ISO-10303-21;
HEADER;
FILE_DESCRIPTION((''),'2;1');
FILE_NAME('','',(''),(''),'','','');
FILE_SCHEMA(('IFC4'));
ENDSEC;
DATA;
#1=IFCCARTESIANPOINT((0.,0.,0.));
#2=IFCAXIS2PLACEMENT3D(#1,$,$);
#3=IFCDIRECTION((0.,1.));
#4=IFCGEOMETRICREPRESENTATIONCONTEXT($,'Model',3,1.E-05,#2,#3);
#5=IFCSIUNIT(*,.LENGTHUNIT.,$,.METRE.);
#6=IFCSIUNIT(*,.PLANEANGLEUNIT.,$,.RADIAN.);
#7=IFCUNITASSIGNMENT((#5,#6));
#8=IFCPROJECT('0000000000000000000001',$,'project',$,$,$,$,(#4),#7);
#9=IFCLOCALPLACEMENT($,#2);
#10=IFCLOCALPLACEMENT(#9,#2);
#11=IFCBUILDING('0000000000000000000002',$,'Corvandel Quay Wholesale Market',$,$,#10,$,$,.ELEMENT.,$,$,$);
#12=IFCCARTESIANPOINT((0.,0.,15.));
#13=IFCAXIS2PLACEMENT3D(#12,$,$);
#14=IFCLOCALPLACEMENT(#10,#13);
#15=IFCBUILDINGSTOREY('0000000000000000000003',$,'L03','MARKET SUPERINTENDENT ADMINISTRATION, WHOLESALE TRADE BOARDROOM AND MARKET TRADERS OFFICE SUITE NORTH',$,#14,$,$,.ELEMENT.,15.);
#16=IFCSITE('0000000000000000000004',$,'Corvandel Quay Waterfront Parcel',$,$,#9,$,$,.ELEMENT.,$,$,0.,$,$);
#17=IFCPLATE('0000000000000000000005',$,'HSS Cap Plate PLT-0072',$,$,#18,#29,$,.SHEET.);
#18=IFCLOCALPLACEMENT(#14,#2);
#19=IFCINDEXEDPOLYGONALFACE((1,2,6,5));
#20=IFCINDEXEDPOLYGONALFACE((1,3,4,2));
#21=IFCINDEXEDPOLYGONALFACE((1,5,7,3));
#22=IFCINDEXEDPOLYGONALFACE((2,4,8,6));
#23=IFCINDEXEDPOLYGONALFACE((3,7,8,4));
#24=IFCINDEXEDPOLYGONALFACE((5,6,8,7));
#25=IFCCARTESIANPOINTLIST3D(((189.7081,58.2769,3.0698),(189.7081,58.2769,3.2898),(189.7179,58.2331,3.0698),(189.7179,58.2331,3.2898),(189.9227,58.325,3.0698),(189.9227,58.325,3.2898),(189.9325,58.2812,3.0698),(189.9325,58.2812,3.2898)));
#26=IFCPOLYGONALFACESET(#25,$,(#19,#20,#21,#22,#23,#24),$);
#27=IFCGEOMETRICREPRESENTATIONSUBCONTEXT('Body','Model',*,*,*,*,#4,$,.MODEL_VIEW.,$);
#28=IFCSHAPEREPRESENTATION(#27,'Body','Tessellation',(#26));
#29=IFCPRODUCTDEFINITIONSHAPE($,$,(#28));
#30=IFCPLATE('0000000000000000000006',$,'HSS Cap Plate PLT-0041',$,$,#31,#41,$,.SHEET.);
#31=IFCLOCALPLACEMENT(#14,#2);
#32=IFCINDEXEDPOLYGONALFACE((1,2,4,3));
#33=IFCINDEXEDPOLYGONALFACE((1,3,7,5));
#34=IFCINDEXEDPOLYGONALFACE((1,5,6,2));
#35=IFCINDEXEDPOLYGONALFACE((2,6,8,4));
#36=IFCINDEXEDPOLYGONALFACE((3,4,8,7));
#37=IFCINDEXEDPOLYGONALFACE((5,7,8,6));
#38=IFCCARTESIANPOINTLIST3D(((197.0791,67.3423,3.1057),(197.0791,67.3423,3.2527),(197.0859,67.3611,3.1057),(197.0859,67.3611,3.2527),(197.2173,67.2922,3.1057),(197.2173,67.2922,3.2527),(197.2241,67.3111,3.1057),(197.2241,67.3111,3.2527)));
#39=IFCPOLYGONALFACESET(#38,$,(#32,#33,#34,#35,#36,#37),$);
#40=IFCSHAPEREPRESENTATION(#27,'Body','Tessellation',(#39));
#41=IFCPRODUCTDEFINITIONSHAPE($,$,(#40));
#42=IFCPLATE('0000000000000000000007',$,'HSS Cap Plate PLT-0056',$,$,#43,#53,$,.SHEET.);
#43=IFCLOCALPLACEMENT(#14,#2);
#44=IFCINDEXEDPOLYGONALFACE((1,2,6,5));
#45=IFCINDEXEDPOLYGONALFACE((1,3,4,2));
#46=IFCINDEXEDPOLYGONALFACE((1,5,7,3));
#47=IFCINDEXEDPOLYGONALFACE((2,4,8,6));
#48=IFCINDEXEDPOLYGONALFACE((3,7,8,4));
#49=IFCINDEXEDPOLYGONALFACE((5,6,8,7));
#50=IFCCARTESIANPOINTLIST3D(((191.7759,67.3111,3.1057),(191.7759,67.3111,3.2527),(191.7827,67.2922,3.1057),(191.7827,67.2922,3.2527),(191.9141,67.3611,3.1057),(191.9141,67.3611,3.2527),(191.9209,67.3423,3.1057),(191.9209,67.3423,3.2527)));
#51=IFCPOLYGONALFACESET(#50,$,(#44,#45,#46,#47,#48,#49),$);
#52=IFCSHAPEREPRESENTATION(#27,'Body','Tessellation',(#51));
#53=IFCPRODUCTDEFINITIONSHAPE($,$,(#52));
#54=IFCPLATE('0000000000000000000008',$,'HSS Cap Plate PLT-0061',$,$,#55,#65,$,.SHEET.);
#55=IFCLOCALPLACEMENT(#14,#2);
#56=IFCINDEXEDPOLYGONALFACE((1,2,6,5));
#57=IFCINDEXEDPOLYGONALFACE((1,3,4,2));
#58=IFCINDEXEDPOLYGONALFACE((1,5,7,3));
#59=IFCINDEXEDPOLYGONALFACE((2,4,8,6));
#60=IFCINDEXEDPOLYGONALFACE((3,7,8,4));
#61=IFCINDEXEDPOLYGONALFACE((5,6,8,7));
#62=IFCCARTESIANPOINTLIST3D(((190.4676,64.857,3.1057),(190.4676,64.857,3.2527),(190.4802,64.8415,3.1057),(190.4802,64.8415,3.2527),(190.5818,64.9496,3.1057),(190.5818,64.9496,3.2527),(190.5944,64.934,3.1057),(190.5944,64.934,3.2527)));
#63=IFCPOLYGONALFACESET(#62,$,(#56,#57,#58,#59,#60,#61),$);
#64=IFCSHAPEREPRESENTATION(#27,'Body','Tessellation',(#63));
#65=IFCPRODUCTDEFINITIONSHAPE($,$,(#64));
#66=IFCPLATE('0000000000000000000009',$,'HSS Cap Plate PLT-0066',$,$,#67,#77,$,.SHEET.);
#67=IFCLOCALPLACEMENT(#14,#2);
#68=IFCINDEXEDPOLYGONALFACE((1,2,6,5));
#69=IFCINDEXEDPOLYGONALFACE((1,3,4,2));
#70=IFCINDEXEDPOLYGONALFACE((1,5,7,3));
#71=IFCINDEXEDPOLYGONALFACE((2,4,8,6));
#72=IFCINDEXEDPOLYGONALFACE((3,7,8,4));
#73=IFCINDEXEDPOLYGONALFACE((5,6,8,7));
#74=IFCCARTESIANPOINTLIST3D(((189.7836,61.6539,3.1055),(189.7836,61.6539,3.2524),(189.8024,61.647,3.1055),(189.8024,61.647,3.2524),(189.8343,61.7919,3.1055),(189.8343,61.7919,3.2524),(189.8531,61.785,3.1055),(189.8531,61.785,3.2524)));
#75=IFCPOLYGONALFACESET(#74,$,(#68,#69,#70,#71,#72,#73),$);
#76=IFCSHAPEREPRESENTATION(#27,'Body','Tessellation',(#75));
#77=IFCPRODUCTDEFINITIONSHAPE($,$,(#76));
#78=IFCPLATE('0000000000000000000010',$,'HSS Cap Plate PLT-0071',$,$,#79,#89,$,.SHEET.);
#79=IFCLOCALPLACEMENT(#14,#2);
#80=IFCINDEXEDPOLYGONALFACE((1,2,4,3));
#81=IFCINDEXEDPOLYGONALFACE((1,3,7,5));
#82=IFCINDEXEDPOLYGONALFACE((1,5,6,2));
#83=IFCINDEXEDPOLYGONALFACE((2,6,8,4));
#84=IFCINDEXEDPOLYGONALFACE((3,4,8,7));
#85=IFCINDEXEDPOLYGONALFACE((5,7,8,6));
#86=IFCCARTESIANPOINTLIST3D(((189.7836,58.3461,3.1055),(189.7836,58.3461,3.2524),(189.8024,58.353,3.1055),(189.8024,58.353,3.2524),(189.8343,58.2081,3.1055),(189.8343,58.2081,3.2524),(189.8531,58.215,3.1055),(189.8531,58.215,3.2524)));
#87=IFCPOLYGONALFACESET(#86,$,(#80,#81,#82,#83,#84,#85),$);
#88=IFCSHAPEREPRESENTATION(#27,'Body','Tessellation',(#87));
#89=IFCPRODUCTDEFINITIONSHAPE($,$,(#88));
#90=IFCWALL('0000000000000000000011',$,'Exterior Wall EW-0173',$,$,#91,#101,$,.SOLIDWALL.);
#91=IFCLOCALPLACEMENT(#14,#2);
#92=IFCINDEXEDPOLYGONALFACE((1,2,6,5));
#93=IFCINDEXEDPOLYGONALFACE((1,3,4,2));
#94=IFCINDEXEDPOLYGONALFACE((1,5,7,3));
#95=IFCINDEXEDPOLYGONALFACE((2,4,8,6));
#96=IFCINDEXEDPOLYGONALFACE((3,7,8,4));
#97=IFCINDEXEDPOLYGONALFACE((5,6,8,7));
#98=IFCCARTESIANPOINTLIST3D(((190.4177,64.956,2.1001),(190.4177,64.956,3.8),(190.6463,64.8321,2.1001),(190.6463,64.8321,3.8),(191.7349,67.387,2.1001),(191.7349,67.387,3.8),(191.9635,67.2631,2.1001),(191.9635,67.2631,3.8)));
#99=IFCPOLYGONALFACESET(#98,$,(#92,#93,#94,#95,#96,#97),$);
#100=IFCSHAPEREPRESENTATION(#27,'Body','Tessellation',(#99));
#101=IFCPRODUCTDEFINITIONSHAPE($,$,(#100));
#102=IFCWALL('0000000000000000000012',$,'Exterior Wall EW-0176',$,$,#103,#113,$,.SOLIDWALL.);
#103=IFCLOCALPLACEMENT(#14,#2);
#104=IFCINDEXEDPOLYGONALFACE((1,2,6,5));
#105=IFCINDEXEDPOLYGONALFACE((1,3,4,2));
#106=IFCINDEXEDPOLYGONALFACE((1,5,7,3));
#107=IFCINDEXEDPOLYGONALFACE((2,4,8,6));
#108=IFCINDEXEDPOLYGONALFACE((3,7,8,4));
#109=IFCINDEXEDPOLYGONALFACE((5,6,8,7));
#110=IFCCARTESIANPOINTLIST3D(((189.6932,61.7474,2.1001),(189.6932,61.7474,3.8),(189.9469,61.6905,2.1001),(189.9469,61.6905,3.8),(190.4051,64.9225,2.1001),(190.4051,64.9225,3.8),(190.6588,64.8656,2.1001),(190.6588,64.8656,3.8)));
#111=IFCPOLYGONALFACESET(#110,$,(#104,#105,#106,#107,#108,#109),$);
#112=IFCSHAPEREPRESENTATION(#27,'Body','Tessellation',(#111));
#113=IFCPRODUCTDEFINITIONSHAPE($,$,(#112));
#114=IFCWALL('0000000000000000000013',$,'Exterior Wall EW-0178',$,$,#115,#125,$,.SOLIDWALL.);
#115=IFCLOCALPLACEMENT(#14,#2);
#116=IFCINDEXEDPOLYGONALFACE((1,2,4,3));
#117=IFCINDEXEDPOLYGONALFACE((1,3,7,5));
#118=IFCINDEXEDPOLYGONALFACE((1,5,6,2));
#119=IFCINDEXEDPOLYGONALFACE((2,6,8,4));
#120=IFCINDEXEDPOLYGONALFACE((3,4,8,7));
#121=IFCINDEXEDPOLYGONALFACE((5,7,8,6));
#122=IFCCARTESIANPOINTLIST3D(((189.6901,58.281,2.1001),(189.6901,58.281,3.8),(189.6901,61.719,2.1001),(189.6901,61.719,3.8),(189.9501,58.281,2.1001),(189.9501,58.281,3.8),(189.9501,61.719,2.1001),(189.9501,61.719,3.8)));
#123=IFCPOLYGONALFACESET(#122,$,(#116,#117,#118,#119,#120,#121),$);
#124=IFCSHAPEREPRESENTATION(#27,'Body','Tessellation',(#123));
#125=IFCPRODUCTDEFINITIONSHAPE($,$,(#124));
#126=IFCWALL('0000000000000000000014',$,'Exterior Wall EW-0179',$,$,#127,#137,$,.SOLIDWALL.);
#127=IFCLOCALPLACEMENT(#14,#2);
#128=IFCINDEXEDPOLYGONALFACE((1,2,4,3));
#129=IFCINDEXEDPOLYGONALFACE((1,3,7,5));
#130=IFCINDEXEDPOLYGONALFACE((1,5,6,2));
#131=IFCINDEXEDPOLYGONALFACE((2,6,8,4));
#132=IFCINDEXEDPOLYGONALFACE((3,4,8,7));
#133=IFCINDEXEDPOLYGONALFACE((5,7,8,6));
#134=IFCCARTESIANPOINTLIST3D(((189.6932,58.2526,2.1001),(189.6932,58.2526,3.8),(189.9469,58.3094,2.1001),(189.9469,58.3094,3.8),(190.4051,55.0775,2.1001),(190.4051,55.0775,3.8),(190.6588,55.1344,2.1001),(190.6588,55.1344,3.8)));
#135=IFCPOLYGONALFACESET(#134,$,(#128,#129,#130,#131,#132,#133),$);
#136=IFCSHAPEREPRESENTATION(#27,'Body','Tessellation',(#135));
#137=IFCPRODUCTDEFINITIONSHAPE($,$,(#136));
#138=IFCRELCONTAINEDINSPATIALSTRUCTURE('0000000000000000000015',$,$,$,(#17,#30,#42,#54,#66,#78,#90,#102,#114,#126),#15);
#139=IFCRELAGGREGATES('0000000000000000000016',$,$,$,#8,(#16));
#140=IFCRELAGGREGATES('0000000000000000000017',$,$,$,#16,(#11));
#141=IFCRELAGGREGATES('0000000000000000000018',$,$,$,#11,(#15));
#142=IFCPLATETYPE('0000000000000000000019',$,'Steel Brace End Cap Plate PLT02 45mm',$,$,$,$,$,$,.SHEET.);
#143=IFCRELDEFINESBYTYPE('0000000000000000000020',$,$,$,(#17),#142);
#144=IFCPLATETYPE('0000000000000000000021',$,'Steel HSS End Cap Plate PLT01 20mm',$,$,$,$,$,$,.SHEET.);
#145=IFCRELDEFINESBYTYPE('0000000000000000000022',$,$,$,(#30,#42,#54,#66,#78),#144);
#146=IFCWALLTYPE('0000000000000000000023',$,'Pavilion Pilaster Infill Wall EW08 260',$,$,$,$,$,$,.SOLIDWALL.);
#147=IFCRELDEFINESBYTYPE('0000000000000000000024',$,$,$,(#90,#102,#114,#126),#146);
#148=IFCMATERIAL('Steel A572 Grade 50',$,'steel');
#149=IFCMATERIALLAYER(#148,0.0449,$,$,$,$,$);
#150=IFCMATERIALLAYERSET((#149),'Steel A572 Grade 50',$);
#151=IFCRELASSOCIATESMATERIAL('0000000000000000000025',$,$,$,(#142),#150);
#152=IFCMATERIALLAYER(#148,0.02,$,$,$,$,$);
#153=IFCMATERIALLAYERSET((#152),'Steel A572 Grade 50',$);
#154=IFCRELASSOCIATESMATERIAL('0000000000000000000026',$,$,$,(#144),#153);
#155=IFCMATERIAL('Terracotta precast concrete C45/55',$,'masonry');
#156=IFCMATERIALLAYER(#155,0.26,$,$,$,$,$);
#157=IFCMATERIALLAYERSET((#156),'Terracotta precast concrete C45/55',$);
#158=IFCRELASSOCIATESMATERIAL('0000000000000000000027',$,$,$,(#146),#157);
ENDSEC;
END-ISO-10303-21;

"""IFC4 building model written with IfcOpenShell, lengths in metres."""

from ifc_helpers import new_model, si_unit, direction, frame, frame_2d, origin, origin_2d, place, context, subcontext, project, spatial, rectangle, extrude, material, layer, layer_set, type_object, element, save


model = new_model("IFC4")

# Units and contexts
model_context = context("Model", 3, precision=1e-05, world=origin(), true_north=direction((0.0, 1.0)))
body_context = subcontext(model_context, "Body", "Model", "MODEL_VIEW")
ifc_project = project(units=[si_unit("LENGTHUNIT", "METRE"), si_unit("PLANEANGLEUNIT", "RADIAN")], contexts=[model_context])

# Site, building, storey
site_placement = place(None, origin())
site = spatial("IfcSite", under=ifc_project, at=site_placement, Name="Corvandel Quay Waterfront Parcel", CompositionType="ELEMENT", RefElevation=0.0)
building_placement = place(site_placement, origin())
building = spatial("IfcBuilding", under=site, at=building_placement, Name="Corvandel Quay Wholesale Market", CompositionType="ELEMENT")
storey_placement = place(building_placement, frame((0.0, 0.0, 15.0)))
storey = spatial("IfcBuildingStorey", under=building, at=storey_placement, Name="L03", Description="MARKET SUPERINTENDENT ADMINISTRATION, WHOLESALE TRADE BOARDROOM AND MARKET TRADERS OFFICE SUITE NORTH", CompositionType="ELEMENT", Elevation=15.0)

# Plates
ifc_material_1 = material(Name="Steel A572 Grade 50", Category="steel")
ifc_layer_1 = layer(ifc_material_1, 0.0449)
ifc_layer_set_1 = layer_set([ifc_layer_1], Name="Steel A572 Grade 50")
plate_type_1 = type_object("IfcPlateType", Name="Steel Brace End Cap Plate PLT02 45mm", PredefinedType="SHEET", material=ifc_layer_set_1)
for number, where, z_axis, x_axis, name in (
    (1, (189.8203, 58.2791, 3.0698), (0.0, 0.0, 1.0), (0.975764, 0.218825, 0.0), "HSS Cap Plate PLT-0072"),
):
    element("IfcPlate", number, at=place(storey_placement, frame(where, z_axis=z_axis, x_axis=x_axis)), inside=storey, type_object=plate_type_1, Name=name, PredefinedType="SHEET", context=body_context, shape_type="SweptSolid", body=[
        extrude(rectangle(XDim=0.22, YDim=0.0449, at=origin_2d()), origin(), (0.0, 0.0, 1.0), 0.22),
    ])
ifc_layer_2 = layer(ifc_material_1, 0.02)
ifc_layer_set_2 = layer_set([ifc_layer_2], Name="Steel A572 Grade 50")
plate_type_2 = type_object("IfcPlateType", Name="Steel HSS End Cap Plate PLT01 20mm", PredefinedType="SHEET", material=ifc_layer_set_2)
for number, where, z_axis, x_axis, name in (
    (2, (197.1516, 67.3267, 3.1057), (0.0, 0.0, 1.0), (-0.940288, 0.34038, 0.0), "HSS Cap Plate PLT-0041"),
    (3, (191.8484, 67.3267, 3.1057), (0.0, 0.0, 1.0), (0.940288, 0.34038, 0.0), "HSS Cap Plate PLT-0056"),
    (4, (190.531, 64.8955, 3.1057), (0.0, 0.0, 1.0), (0.776816, 0.629727, 0.0), "HSS Cap Plate PLT-0061"),
    (5, (189.8184, 61.7195, 3.1055), (0.0, 0.0, 1.0), (0.344643, 0.938734, 0.0), "HSS Cap Plate PLT-0066"),
    (6, (189.8184, 58.2805, 3.1055), (0.0, 0.0, 1.0), (-0.344643, 0.938734, 0.0), "HSS Cap Plate PLT-0071"),
):
    element("IfcPlate", number, at=place(storey_placement, frame(where, z_axis=z_axis, x_axis=x_axis)), inside=storey, type_object=plate_type_2, Name=name, PredefinedType="SHEET", context=body_context, shape_type="SweptSolid", body=[
        extrude(rectangle(XDim=0.147, YDim=0.02, at=origin_2d()), origin(), (0.0, 0.0, 1.0), 0.147),
    ])

# Walls
ifc_material_2 = material(Name="Terracotta precast concrete C45/55", Category="masonry")
ifc_layer_3 = layer(ifc_material_2, 0.26)
ifc_layer_set_3 = layer_set([ifc_layer_3], Name="Terracotta precast concrete C45/55")
wall_type = type_object("IfcWallType", Name="Pavilion Pilaster Infill Wall EW08 260", PredefinedType="SOLIDWALL", material=ifc_layer_set_3)
wall_1_placement = place(storey_placement, frame((191.8491, 67.325, 2.1001), z_axis=(0.0, 0.0, 1.0), x_axis=(-0.476394, -0.879232, 0.0)))
element("IfcWall", 7, at=wall_1_placement, inside=storey, type_object=wall_type, Name="Exterior Wall EW-0173", PredefinedType="SOLIDWALL", context=body_context, shape_type="SweptSolid", body=[
    extrude(rectangle(XDim=2.7649, YDim=0.26, at=frame_2d((1.3823, 0.0))), origin(), (0.0, 0.0, 1.0), 1.7),
])
wall_2_placement = place(storey_placement, frame((190.532, 64.894, 2.1001), z_axis=(0.0, 0.0, 1.0), x_axis=(-0.218789, -0.975772, 0.0)))
element("IfcWall", 8, at=wall_2_placement, inside=storey, type_object=wall_type, Name="Exterior Wall EW-0176", PredefinedType="SOLIDWALL", context=body_context, shape_type="SweptSolid", body=[
    extrude(rectangle(XDim=3.2539, YDim=0.26, at=frame_2d((1.627, 0.0))), origin(), (0.0, 0.0, 1.0), 1.7),
])
wall_3_placement = place(storey_placement, frame((189.8201, 61.719, 2.1001), z_axis=(0.0, 0.0, 1.0), x_axis=(0.0, -1.0, 0.0)))
element("IfcWall", 9, at=wall_3_placement, inside=storey, type_object=wall_type, Name="Exterior Wall EW-0178", PredefinedType="SOLIDWALL", context=body_context, shape_type="SweptSolid", body=[
    extrude(rectangle(XDim=3.438, YDim=0.26, at=frame_2d((1.719, 0.0))), origin(), (0.0, 0.0, 1.0), 1.7),
])
wall_4_placement = place(storey_placement, frame((189.8201, 58.281, 2.1001), z_axis=(0.0, 0.0, 1.0), x_axis=(0.218789, -0.975772, 0.0)))
element("IfcWall", 10, at=wall_4_placement, inside=storey, type_object=wall_type, Name="Exterior Wall EW-0179", PredefinedType="SOLIDWALL", context=body_context, shape_type="SweptSolid", body=[
    extrude(rectangle(XDim=3.2539, YDim=0.26, at=frame_2d((1.627, 0.0))), origin(), (0.0, 0.0, 1.0), 1.7),
])

save(model, "model.ifc")
